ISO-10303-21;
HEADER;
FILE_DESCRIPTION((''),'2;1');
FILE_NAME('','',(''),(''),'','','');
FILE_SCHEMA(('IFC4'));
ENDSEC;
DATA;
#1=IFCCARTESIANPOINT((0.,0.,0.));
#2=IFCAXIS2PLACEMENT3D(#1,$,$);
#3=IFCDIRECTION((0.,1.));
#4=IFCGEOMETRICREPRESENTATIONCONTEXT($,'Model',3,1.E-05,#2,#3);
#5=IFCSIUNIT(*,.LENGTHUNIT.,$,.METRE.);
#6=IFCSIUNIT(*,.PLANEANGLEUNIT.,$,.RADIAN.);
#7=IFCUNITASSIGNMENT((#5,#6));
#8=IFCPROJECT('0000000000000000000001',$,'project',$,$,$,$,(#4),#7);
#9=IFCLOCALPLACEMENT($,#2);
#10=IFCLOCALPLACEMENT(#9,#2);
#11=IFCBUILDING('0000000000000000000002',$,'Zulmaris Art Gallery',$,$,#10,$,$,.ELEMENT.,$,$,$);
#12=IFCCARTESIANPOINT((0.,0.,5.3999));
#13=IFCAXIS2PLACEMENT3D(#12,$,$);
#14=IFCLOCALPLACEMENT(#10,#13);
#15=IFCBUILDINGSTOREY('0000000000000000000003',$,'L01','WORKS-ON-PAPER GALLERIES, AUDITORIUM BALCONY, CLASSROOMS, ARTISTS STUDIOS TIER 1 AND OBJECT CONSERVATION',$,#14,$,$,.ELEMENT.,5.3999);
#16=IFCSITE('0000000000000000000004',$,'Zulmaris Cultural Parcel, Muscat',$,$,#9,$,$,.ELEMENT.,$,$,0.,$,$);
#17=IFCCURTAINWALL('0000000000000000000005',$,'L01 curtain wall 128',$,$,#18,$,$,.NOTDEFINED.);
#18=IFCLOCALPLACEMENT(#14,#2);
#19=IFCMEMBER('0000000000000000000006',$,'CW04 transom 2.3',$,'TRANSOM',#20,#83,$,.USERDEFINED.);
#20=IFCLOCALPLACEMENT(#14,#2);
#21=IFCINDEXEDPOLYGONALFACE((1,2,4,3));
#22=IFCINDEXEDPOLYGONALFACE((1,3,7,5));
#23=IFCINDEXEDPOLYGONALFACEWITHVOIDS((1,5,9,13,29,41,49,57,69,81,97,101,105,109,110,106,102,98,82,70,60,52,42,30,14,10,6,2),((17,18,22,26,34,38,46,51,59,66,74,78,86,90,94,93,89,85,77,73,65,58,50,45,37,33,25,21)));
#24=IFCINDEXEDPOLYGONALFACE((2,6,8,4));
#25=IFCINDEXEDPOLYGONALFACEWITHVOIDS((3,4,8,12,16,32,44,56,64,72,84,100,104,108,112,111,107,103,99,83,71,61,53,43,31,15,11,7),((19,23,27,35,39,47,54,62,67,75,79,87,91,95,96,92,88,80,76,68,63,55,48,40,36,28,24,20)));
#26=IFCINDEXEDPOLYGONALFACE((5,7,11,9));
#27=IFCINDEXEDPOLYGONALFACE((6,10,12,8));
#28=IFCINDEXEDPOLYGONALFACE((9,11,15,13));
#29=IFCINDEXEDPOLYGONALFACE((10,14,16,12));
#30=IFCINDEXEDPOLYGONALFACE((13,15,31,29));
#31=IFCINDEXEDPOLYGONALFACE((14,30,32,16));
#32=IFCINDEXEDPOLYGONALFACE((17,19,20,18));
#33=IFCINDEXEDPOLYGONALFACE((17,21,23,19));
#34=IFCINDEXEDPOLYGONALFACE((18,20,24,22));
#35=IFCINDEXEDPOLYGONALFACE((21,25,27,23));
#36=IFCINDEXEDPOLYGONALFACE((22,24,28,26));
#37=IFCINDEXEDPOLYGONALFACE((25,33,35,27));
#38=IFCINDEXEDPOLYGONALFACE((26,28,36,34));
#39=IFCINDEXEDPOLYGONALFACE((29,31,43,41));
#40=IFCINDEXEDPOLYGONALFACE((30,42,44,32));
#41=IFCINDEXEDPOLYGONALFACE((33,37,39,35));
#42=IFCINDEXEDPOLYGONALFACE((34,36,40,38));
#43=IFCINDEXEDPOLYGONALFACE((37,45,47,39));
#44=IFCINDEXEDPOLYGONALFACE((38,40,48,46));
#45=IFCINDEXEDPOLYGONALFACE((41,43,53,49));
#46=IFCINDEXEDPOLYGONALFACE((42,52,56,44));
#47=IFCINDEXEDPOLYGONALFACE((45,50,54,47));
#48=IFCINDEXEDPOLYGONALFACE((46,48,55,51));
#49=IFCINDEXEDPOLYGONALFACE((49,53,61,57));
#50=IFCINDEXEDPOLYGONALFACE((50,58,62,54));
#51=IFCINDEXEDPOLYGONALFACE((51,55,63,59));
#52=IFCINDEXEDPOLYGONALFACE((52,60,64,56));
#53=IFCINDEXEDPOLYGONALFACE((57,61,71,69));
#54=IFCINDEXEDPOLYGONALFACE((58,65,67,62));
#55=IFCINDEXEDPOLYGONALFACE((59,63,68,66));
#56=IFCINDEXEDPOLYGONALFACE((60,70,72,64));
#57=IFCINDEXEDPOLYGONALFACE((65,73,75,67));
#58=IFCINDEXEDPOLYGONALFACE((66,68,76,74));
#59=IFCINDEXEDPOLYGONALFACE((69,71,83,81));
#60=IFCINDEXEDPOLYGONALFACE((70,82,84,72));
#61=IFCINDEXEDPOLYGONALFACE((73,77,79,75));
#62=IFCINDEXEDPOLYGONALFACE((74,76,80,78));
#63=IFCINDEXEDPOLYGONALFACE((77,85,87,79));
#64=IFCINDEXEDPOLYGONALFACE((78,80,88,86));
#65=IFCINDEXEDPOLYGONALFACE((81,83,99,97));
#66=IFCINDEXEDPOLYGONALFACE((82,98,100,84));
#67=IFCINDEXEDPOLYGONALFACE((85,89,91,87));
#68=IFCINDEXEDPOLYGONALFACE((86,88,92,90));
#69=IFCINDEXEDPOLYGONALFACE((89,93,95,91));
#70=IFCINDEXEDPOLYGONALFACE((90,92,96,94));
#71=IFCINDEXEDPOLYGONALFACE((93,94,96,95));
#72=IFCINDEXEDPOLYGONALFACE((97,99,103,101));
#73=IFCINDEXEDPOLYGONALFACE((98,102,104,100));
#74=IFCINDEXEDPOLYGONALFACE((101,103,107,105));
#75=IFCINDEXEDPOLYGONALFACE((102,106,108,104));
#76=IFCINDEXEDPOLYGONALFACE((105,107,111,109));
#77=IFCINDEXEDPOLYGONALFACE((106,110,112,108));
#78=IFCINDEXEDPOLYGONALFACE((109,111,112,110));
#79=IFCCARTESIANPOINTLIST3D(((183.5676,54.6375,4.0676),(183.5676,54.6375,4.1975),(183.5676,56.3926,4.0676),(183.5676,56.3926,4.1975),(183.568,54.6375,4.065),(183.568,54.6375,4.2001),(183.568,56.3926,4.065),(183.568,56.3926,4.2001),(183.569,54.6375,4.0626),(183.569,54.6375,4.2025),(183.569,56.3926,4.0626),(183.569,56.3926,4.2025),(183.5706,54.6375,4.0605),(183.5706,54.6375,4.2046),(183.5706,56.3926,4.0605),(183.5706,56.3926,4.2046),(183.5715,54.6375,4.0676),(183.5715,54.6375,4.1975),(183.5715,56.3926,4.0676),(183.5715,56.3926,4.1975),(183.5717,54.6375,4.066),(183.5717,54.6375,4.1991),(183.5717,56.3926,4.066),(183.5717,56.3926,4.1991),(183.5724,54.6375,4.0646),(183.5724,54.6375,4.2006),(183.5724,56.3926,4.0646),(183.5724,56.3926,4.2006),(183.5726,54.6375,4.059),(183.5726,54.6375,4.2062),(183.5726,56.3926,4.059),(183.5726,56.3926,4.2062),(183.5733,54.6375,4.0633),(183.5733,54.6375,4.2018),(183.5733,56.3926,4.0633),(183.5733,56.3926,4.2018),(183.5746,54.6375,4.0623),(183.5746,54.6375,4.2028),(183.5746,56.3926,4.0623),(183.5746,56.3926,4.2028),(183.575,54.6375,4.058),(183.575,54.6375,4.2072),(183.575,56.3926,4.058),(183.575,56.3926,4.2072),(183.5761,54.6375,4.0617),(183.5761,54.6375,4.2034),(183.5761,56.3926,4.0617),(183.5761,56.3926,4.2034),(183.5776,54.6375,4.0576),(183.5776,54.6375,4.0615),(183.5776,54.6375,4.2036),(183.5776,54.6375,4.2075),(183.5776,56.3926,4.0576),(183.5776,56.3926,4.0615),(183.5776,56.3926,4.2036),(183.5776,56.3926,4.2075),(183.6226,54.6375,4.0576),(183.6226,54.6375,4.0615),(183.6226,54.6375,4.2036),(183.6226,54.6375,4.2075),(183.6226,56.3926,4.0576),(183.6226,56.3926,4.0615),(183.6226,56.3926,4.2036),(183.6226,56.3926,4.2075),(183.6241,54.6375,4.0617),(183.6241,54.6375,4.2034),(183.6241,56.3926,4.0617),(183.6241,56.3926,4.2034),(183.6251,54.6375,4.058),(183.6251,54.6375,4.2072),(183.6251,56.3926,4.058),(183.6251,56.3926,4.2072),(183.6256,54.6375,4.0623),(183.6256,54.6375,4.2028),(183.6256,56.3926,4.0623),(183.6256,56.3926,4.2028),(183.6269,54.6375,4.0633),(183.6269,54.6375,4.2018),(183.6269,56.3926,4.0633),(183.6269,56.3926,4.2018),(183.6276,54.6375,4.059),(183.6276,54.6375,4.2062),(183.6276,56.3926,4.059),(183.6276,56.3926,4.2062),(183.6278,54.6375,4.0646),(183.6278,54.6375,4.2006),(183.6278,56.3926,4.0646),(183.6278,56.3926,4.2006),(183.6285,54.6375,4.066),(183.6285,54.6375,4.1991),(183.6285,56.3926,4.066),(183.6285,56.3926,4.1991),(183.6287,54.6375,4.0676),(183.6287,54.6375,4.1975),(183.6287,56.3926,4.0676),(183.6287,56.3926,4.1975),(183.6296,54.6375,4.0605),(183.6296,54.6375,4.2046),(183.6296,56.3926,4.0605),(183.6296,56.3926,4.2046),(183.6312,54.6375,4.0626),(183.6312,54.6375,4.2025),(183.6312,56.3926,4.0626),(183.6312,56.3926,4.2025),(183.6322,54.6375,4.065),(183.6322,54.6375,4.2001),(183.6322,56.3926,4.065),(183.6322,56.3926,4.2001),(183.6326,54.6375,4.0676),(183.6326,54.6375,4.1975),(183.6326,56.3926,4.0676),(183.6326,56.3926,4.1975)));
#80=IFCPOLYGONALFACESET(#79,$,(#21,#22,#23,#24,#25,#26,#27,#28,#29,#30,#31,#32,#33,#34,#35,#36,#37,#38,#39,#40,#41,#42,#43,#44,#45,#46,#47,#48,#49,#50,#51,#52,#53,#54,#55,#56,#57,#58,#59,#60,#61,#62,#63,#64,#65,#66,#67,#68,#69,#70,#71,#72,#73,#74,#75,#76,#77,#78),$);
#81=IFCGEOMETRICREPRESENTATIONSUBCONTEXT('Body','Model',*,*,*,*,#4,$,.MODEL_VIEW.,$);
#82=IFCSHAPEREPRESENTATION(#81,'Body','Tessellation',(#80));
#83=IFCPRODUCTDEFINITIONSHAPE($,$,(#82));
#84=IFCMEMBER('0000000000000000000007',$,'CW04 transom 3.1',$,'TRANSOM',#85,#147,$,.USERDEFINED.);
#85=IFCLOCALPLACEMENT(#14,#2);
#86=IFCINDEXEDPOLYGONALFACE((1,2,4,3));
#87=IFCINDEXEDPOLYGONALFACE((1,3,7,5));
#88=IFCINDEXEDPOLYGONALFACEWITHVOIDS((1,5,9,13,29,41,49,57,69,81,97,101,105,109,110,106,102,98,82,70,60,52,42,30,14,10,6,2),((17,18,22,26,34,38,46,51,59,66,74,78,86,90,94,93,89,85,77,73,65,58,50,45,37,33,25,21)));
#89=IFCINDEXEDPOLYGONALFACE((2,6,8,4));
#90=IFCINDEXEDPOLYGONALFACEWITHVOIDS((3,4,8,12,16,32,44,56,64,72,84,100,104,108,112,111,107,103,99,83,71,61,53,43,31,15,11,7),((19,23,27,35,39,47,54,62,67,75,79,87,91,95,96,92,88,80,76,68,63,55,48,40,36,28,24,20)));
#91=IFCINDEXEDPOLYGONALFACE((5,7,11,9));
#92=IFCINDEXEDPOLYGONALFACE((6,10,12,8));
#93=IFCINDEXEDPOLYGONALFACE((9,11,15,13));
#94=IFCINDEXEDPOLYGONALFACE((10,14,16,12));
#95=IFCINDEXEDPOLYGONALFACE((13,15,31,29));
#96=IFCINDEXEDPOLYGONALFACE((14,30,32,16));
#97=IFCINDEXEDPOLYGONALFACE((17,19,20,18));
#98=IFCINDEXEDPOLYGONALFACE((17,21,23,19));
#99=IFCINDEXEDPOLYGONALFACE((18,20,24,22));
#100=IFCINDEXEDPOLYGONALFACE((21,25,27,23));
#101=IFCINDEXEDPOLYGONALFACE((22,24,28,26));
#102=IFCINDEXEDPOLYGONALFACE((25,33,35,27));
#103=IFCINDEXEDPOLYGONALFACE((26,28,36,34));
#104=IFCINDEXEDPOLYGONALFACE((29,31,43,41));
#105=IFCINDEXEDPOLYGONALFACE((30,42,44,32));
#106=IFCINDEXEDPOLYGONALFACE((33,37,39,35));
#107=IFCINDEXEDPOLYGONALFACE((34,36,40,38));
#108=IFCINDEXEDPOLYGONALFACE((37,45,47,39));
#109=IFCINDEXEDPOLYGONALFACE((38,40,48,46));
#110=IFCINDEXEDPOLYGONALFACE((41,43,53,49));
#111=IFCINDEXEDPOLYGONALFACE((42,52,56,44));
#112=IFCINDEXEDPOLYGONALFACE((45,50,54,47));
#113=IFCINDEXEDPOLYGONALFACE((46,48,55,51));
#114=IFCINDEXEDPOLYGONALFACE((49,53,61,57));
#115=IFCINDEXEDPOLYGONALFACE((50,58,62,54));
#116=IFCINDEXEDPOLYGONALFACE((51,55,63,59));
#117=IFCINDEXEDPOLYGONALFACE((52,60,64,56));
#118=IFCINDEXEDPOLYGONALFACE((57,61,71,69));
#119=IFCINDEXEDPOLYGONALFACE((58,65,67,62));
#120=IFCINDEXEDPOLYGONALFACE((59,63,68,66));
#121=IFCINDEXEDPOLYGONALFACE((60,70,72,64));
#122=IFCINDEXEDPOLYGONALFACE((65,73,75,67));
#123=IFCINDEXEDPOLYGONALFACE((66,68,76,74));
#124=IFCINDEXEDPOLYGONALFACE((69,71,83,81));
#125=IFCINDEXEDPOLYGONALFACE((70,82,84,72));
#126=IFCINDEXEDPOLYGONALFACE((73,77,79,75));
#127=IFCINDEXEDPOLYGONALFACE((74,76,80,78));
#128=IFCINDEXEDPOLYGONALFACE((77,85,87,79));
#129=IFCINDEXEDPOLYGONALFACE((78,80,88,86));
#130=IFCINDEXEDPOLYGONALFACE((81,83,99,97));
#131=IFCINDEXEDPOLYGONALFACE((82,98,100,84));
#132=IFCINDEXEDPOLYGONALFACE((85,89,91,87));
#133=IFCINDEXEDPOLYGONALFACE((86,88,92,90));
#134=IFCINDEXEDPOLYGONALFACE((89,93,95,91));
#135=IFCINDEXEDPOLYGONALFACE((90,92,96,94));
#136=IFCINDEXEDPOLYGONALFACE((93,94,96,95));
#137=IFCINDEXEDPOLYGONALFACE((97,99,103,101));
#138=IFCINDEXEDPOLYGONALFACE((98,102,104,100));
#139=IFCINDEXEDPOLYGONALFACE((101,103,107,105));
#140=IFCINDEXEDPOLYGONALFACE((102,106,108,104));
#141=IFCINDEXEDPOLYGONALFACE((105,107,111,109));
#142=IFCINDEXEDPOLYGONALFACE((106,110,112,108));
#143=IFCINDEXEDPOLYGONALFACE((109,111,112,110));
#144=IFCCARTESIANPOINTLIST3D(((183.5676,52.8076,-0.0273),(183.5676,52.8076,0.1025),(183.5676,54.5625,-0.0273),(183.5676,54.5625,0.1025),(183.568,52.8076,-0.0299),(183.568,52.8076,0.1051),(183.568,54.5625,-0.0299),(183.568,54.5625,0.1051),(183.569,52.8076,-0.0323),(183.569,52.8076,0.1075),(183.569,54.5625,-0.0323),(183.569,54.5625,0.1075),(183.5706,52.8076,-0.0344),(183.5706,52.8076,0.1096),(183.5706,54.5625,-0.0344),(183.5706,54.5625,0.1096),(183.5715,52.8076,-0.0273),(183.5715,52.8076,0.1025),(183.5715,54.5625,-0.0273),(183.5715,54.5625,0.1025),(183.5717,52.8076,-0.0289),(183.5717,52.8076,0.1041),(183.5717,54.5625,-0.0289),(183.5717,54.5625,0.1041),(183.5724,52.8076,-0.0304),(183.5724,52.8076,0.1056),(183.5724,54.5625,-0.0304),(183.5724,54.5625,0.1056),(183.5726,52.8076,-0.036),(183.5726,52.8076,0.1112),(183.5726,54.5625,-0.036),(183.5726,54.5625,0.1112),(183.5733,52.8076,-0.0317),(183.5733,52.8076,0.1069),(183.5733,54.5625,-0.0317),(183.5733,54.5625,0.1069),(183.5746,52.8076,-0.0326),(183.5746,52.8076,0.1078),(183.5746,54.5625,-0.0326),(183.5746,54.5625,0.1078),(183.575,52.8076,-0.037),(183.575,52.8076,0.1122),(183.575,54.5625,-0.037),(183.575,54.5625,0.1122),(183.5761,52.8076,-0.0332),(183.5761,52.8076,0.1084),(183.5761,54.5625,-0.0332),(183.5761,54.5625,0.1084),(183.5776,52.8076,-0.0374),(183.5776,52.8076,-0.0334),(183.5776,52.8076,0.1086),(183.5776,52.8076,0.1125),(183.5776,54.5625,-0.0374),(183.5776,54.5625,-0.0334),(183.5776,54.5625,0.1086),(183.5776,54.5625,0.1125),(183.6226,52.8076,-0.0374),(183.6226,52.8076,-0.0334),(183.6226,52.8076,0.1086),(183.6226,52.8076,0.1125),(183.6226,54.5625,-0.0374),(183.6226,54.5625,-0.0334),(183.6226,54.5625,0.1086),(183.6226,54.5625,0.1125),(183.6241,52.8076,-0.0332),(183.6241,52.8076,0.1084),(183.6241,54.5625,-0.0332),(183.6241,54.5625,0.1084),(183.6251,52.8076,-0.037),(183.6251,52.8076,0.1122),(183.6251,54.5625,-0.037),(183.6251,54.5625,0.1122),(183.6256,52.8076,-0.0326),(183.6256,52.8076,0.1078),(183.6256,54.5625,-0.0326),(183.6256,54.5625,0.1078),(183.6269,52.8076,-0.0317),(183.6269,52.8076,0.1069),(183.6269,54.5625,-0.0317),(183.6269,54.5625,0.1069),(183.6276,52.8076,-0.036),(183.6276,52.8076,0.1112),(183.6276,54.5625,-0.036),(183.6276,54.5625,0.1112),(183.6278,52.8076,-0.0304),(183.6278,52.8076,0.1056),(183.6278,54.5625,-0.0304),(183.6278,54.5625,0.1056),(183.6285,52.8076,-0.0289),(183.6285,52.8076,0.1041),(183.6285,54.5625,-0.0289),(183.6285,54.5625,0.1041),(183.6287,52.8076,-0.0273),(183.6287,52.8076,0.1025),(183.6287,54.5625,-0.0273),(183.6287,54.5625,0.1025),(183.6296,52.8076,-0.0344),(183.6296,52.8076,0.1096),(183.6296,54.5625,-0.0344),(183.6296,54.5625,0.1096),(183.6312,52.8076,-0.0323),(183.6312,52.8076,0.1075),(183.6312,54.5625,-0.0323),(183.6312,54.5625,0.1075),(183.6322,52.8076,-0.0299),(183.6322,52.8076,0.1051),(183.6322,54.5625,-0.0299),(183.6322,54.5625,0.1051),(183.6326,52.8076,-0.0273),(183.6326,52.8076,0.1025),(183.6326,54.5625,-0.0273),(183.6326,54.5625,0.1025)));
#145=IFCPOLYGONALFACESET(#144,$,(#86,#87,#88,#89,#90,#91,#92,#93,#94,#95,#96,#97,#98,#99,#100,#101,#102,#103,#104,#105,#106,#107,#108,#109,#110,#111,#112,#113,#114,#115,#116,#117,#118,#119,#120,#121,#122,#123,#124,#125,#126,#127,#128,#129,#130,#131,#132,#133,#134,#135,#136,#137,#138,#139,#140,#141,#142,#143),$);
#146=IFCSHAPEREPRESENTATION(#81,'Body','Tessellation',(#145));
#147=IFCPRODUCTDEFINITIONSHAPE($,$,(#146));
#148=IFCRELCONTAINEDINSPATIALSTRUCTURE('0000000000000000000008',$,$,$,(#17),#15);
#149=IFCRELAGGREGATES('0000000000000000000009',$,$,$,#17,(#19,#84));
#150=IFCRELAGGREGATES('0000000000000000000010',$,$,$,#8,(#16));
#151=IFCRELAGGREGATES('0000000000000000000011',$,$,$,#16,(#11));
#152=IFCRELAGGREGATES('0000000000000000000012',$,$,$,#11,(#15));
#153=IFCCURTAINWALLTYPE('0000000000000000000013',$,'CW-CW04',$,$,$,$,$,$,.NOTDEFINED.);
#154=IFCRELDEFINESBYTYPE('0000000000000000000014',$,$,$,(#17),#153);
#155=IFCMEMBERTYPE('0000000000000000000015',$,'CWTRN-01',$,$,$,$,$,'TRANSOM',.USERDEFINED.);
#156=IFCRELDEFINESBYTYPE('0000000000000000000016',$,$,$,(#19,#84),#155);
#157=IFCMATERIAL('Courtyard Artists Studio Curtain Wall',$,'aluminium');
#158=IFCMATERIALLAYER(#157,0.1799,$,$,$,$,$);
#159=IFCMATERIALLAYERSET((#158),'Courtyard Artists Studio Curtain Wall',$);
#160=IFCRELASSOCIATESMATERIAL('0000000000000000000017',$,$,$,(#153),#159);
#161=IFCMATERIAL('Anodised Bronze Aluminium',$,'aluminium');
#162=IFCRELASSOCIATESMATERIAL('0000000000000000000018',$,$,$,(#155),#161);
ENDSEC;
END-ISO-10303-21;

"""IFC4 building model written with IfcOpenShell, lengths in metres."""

from ifc_helpers import new_model, si_unit, direction, frame, origin, origin_2d, place, context, subcontext, project, spatial, hollow_rectangle, extrude, material, layer, layer_set, material_profile, profile_set, type_object, element, aggregate, save


model = new_model("IFC4")

# Units and contexts
model_context = context("Model", 3, precision=1e-05, world=origin(), true_north=direction((0.0, 1.0)))
body_context = subcontext(model_context, "Body", "Model", "MODEL_VIEW")
ifc_project = project(units=[si_unit("LENGTHUNIT", "METRE"), si_unit("PLANEANGLEUNIT", "RADIAN")], contexts=[model_context])

# Site, building, storey
site_placement = place(None, origin())
site = spatial("IfcSite", under=ifc_project, at=site_placement, Name="Zulmaris Cultural Parcel, Muscat", CompositionType="ELEMENT", RefElevation=0.0)
building_placement = place(site_placement, origin())
building = spatial("IfcBuilding", under=site, at=building_placement, Name="Zulmaris Art Gallery", CompositionType="ELEMENT")
storey_placement = place(building_placement, frame((0.0, 0.0, 5.3999)))
storey = spatial("IfcBuildingStorey", under=building, at=storey_placement, Name="L01", Description="WORKS-ON-PAPER GALLERIES, AUDITORIUM BALCONY, CLASSROOMS, ARTISTS STUDIOS TIER 1 AND OBJECT CONSERVATION", CompositionType="ELEMENT", Elevation=5.3999)

# Curtain wall, members
ifc_material_1 = material(Name="Courtyard Artists Studio Curtain Wall", Category="aluminium")
ifc_layer_1 = layer(ifc_material_1, 0.1799)
ifc_layer_set_1 = layer_set([ifc_layer_1], Name="Courtyard Artists Studio Curtain Wall")
curtain_wall_type = type_object("IfcCurtainWallType", Name="CW-CW04", PredefinedType="NOTDEFINED", material=ifc_layer_set_1)
curtain_wall_placement = place(storey_placement, origin())
curtain_wall = element("IfcCurtainWall", 1, at=curtain_wall_placement, inside=storey, type_object=curtain_wall_type, Name="L01 curtain wall 128", PredefinedType="NOTDEFINED")
ifc_material_2 = material(Name="Anodised Bronze Aluminium", Category="aluminium")
ifc_material_profile_1 = material_profile(ifc_material_2, hollow_rectangle(XDim=0.0649, YDim=0.1499, WallThickness=0.0039, InnerFilletRadius=0.0061, OuterFilletRadius=0.01, at=origin_2d()), Name="ALU 65x150x4")
ifc_profile_set_1 = profile_set([ifc_material_profile_1], Name="Anodised Bronze Aluminium")
member_type_1 = type_object("IfcMemberType", Name="CWTRN-01", ElementType="TRANSOM", PredefinedType="USERDEFINED", material=ifc_profile_set_1)
member_1_placement = place(storey_placement, frame((183.6001, 56.3926, 4.1326), z_axis=(0.0, -1.0, 0.0), x_axis=(1.0, 0.0, 0.0)))
member_1 = element("IfcMember", 2, at=member_1_placement, type_object=member_type_1, Name="CW04 transom 2.3", ObjectType="TRANSOM", PredefinedType="USERDEFINED", context=body_context, shape_type="SweptSolid", body=[
    extrude(hollow_rectangle(XDim=0.0649, YDim=0.1499, WallThickness=0.0039, InnerFilletRadius=0.0061, OuterFilletRadius=0.01, at=origin_2d()), origin(), (0.0, 0.0, 1.0), 1.7551),
])
member_2_placement = place(storey_placement, frame((183.6001, 54.5625, 0.0376), z_axis=(0.0, -1.0, 0.0), x_axis=(1.0, 0.0, 0.0)))
member_2 = element("IfcMember", 3, at=member_2_placement, type_object=member_type_1, Name="CW04 transom 3.1", ObjectType="TRANSOM", PredefinedType="USERDEFINED", context=body_context, shape_type="SweptSolid", body=[
    extrude(hollow_rectangle(XDim=0.0649, YDim=0.1499, WallThickness=0.0039, InnerFilletRadius=0.0061, OuterFilletRadius=0.01, at=origin_2d()), origin(), (0.0, 0.0, 1.0), 1.7549),
])
aggregate(curtain_wall, [member_1, member_2])

save(model, "model.ifc")
